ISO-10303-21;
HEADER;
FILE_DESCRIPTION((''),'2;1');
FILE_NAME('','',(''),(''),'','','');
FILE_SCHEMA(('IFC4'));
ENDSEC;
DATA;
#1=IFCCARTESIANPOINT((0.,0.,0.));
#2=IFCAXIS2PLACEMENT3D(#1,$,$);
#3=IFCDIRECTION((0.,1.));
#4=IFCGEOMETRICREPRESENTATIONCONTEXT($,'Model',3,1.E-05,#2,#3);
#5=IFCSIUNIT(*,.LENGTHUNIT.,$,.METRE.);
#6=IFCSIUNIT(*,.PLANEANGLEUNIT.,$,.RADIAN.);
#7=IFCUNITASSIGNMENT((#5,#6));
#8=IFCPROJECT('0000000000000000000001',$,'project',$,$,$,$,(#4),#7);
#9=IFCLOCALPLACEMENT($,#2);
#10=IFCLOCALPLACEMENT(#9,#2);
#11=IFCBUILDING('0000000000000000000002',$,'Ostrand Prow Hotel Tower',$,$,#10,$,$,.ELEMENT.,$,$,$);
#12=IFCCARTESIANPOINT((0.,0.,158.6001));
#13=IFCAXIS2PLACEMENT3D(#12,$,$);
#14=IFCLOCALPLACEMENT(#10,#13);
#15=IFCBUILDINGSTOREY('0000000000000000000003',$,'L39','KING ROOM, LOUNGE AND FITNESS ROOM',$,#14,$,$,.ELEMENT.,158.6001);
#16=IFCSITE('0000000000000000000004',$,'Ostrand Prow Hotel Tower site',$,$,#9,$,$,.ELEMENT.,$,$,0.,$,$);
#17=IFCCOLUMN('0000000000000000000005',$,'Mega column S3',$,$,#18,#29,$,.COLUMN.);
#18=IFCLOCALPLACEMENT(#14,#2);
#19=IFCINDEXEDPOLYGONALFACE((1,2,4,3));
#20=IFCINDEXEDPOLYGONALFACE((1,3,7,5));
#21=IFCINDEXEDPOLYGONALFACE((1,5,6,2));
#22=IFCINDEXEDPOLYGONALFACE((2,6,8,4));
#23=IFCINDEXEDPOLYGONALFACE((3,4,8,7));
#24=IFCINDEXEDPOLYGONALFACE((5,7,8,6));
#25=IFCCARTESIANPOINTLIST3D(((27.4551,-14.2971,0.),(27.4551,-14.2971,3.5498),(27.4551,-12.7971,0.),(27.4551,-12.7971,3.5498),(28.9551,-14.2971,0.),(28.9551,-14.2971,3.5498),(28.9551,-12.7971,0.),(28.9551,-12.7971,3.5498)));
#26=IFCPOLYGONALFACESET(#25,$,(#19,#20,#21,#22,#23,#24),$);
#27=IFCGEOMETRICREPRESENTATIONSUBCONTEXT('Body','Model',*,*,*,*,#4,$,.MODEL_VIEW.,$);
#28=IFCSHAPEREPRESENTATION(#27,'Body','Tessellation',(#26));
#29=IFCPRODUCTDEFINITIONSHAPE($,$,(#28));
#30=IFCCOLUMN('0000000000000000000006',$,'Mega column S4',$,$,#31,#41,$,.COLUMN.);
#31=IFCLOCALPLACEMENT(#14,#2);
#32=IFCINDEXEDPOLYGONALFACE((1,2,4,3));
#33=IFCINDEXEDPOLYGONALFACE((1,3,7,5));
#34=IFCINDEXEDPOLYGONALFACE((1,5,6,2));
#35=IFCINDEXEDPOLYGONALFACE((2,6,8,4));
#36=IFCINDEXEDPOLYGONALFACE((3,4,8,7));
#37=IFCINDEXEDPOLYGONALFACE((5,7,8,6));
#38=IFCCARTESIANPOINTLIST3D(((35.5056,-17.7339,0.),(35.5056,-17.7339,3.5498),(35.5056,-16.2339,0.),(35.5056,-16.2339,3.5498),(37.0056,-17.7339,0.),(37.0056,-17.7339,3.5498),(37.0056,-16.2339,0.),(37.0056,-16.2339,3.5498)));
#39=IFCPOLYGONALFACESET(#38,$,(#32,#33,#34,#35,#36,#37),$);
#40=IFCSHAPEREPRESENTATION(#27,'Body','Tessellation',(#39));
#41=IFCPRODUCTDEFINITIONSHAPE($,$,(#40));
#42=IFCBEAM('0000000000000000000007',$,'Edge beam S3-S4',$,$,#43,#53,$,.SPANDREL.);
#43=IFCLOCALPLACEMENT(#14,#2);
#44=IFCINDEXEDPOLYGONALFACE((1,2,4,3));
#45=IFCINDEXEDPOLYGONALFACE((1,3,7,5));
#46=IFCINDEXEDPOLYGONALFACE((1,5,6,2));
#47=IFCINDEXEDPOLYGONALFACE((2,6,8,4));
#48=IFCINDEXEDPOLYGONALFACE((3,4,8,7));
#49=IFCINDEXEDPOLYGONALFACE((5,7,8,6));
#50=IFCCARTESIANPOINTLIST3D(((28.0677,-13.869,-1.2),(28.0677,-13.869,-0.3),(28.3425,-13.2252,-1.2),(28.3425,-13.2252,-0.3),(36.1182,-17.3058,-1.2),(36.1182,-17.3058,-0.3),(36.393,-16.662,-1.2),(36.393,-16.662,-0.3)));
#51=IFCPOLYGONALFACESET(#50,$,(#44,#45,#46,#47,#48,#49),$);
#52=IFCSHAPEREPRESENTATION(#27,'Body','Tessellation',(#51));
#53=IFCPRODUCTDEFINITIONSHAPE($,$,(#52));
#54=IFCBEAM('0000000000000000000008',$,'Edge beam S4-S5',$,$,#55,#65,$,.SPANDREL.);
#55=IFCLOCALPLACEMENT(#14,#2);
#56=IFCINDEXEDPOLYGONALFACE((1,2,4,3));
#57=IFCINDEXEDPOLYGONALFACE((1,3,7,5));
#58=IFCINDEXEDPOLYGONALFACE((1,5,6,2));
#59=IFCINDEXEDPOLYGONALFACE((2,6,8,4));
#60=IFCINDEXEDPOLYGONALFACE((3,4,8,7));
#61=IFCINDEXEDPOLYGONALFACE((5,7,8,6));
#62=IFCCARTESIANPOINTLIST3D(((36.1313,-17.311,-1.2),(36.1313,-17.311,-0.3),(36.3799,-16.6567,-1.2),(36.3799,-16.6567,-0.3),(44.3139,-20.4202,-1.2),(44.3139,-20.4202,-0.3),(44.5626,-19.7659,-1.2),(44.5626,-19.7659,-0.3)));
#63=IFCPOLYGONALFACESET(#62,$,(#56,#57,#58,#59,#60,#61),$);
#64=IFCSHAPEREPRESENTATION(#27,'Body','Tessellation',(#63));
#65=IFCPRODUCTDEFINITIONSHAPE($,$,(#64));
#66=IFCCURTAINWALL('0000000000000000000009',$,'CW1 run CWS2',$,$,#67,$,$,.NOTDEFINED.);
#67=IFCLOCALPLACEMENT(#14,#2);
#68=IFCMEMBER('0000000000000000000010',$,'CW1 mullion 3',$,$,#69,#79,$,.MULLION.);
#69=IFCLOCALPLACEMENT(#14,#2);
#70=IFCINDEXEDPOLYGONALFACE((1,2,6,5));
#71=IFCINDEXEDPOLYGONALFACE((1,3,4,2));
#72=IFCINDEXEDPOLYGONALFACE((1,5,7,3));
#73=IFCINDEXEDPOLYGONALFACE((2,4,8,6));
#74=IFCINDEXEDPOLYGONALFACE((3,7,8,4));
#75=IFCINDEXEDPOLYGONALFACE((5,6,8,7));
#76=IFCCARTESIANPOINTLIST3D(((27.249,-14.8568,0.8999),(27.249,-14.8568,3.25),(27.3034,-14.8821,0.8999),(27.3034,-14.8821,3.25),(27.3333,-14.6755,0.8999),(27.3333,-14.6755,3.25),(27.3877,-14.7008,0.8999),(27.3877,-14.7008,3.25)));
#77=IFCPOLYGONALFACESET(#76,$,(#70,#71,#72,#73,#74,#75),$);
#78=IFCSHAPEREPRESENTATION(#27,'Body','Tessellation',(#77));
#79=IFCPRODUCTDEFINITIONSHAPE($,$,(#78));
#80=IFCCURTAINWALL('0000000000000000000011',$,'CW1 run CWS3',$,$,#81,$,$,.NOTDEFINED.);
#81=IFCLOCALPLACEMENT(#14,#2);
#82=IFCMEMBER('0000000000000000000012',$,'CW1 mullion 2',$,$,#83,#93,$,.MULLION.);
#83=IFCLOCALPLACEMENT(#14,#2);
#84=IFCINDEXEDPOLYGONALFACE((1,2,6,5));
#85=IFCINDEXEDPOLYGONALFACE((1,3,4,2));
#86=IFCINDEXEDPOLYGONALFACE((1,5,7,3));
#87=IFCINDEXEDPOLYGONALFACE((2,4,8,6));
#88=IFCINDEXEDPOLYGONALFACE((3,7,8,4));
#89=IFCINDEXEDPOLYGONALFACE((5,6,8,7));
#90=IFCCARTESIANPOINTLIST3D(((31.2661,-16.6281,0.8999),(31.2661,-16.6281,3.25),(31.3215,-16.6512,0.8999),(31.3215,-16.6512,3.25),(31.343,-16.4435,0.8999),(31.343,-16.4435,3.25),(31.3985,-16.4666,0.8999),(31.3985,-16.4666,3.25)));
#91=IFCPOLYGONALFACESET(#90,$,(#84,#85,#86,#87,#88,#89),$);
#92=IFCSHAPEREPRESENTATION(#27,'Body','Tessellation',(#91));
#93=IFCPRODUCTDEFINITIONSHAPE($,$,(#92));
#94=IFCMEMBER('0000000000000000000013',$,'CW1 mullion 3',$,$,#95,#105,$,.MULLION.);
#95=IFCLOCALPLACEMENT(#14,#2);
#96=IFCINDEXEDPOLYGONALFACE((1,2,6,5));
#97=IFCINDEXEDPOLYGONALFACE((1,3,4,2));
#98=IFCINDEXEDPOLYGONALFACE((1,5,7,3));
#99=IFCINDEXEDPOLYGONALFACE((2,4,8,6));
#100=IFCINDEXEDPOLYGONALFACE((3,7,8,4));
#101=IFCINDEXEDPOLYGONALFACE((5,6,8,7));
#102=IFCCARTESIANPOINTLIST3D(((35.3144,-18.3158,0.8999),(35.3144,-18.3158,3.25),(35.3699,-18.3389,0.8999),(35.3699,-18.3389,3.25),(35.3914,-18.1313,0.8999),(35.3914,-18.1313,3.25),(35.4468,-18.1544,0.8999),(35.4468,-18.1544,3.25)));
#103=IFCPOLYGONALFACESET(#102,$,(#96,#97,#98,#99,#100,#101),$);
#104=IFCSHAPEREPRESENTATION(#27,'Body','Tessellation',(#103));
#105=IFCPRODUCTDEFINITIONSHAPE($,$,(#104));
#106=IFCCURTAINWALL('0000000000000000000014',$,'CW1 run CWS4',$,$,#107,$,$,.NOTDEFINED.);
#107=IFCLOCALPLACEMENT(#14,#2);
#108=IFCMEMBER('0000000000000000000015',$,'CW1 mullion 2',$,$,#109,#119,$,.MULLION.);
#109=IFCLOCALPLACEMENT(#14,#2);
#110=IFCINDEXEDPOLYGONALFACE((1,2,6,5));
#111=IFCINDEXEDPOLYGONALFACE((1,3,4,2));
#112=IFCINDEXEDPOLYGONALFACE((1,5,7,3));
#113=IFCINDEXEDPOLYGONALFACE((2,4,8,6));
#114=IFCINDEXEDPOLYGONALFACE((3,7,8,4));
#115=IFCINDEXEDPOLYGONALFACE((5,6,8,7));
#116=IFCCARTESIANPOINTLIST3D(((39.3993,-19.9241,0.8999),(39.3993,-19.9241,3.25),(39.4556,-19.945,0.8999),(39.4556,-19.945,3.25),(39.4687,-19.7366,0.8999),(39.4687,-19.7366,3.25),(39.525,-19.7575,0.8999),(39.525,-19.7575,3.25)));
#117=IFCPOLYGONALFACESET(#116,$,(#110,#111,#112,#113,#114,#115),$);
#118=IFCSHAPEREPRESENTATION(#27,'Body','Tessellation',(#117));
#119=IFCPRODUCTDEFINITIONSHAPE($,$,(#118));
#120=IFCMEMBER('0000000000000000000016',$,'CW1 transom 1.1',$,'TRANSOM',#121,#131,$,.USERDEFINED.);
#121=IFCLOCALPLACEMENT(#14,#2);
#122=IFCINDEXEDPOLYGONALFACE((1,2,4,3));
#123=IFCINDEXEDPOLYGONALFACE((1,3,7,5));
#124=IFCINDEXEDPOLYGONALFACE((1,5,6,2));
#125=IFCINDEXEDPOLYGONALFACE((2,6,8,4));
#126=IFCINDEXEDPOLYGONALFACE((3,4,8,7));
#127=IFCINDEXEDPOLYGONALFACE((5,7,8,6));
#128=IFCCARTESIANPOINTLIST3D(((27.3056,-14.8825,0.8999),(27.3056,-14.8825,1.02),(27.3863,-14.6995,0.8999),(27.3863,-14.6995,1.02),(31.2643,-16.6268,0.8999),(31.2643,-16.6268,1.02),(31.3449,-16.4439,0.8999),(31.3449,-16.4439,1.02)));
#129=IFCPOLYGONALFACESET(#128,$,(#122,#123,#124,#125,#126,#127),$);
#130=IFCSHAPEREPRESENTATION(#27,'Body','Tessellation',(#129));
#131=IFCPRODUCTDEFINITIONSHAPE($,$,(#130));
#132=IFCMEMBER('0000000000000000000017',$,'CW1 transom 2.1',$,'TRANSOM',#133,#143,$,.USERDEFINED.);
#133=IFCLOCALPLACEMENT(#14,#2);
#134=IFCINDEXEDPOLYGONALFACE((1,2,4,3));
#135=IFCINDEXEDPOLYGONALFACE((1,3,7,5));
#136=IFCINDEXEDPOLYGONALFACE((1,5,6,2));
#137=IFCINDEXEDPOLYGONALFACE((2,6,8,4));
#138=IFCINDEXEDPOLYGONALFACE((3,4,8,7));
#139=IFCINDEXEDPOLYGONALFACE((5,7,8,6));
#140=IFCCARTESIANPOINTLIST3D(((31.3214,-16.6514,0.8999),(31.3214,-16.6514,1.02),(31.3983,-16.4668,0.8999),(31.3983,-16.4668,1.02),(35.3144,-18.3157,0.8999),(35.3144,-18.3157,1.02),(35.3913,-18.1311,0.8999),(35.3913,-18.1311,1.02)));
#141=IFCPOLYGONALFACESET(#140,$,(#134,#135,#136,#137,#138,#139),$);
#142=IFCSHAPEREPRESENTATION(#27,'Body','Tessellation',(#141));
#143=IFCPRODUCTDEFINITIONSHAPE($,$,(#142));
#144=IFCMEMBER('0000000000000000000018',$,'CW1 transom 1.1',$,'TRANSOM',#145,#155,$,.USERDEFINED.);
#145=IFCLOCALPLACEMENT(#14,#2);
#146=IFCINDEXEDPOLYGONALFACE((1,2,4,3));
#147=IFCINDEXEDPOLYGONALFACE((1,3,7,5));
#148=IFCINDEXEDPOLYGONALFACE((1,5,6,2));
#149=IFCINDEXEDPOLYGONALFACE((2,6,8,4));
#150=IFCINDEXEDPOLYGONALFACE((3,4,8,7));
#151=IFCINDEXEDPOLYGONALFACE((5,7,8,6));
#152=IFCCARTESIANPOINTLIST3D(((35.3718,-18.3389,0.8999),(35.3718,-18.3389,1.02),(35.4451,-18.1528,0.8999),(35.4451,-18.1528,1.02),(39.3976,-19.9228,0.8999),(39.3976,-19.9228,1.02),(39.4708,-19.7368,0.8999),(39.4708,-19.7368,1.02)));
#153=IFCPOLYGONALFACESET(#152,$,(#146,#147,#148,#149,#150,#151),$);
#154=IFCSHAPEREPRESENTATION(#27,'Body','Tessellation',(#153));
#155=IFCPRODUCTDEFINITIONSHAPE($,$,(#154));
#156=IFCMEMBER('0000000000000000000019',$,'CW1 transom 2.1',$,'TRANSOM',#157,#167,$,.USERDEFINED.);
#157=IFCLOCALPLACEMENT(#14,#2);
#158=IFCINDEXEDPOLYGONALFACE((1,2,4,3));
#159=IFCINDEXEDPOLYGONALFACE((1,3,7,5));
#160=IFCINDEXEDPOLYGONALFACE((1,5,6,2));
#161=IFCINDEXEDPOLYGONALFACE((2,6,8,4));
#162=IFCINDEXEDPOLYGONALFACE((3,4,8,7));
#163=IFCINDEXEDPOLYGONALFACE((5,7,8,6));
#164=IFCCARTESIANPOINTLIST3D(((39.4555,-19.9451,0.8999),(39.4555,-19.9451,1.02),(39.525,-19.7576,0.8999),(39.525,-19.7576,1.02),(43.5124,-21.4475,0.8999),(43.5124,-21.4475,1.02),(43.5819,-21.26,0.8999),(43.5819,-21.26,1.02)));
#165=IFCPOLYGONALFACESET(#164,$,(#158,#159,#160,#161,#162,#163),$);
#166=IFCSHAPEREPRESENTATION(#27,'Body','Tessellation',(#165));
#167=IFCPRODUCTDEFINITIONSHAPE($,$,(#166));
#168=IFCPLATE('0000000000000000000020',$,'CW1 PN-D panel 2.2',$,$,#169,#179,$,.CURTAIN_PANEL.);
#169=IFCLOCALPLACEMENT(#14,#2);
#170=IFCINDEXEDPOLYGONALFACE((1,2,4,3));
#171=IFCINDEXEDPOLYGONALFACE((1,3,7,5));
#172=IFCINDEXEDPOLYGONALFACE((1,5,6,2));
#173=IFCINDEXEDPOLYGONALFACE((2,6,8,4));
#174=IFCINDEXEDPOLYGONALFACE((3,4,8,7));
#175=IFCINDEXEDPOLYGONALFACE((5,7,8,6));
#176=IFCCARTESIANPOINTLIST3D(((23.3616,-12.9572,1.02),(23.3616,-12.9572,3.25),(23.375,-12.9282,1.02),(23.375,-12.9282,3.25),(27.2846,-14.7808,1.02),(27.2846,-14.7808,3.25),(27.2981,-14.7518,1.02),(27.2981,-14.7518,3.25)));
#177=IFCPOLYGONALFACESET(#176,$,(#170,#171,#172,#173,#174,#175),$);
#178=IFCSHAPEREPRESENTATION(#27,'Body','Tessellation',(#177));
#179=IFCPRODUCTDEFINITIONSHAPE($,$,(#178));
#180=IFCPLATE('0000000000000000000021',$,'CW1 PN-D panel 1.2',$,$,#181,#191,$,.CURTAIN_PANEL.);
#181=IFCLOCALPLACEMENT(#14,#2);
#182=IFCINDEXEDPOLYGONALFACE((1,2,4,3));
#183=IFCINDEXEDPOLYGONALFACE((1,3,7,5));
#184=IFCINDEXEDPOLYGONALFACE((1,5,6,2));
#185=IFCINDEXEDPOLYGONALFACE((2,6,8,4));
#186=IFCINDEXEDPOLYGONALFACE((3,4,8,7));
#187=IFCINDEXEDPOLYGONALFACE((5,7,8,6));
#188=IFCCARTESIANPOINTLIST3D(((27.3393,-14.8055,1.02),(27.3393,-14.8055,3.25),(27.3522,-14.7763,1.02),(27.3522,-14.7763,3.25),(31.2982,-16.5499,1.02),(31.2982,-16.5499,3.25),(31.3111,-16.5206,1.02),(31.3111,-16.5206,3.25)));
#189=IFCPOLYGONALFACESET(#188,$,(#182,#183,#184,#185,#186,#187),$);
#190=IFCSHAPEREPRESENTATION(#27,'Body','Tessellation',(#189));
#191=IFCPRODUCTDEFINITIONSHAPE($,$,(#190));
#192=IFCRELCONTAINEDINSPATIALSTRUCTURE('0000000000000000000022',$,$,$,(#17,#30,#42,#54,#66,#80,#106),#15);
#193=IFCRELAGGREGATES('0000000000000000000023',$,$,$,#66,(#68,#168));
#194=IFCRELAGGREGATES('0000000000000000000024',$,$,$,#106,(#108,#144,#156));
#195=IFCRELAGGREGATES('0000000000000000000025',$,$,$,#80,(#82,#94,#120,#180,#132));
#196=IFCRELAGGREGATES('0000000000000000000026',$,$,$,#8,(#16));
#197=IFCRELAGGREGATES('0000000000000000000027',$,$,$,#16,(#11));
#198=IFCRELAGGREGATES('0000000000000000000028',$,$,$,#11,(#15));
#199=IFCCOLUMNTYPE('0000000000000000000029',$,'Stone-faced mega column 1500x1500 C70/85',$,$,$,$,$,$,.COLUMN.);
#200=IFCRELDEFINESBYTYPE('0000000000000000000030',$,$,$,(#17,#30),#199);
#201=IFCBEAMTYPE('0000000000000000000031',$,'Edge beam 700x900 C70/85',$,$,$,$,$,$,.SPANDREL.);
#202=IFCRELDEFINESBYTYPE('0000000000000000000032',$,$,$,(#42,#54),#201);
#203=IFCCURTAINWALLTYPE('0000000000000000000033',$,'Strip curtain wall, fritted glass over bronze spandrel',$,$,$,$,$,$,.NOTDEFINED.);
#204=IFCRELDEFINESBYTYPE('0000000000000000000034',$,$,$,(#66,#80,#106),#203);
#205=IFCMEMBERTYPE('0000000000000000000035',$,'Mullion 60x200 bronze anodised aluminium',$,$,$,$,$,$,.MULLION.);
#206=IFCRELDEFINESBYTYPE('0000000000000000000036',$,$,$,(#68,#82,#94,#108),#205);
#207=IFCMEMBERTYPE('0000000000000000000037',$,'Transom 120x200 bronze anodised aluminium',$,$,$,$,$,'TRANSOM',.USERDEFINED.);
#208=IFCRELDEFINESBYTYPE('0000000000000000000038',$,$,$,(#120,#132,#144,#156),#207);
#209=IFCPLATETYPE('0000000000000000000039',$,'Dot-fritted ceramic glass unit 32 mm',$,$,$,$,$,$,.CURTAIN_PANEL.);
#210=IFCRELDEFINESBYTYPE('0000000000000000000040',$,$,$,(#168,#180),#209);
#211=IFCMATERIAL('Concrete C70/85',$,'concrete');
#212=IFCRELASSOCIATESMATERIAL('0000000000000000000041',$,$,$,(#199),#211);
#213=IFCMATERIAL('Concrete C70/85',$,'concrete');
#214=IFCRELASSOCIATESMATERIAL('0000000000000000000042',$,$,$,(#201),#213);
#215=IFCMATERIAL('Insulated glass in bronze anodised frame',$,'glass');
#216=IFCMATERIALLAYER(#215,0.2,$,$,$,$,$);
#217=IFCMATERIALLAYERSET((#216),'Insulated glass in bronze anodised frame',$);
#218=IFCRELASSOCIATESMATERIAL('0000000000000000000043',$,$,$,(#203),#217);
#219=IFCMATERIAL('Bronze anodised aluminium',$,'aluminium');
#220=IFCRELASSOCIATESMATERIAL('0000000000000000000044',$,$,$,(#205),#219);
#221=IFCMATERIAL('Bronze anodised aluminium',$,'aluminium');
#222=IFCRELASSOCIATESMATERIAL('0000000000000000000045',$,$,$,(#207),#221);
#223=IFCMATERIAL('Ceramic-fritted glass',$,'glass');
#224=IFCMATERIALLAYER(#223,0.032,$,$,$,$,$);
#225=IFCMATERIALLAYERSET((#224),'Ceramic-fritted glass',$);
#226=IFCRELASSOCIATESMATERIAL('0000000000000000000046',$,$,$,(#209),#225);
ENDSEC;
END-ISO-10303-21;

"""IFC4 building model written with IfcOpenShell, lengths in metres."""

from ifc_helpers import new_model, si_unit, direction, frame, origin, origin_2d, place, context, subcontext, project, spatial, rectangle, extrude, material, layer, layer_set, material_profile, profile_set, type_object, element, aggregate, save


model = new_model("IFC4")

# Units and contexts
model_context = context("Model", 3, precision=1e-05, world=origin(), true_north=direction((0.0, 1.0)))
body_context = subcontext(model_context, "Body", "Model", "MODEL_VIEW")
ifc_project = project(units=[si_unit("LENGTHUNIT", "METRE"), si_unit("PLANEANGLEUNIT", "RADIAN")], contexts=[model_context])

# Site, building, storey
site_placement = place(None, origin())
site = spatial("IfcSite", under=ifc_project, at=site_placement, Name="Ostrand Prow Hotel Tower site", CompositionType="ELEMENT", RefElevation=0.0)
building_placement = place(site_placement, origin())
building = spatial("IfcBuilding", under=site, at=building_placement, Name="Ostrand Prow Hotel Tower", CompositionType="ELEMENT")
storey_placement = place(building_placement, frame((0.0, 0.0, 158.6001)))
storey = spatial("IfcBuildingStorey", under=building, at=storey_placement, Name="L39", Description="KING ROOM, LOUNGE AND FITNESS ROOM", CompositionType="ELEMENT", Elevation=158.6001)

# Columns
ifc_material_1 = material(Name="Concrete C70/85", Category="concrete")
ifc_material_profile_1 = material_profile(ifc_material_1, rectangle(XDim=1.5, YDim=1.5, at=origin_2d()), Name="RC 1500x1500")
ifc_profile_set_1 = profile_set([ifc_material_profile_1], Name="Concrete C70/85")
column_type = type_object("IfcColumnType", Name="Stone-faced mega column 1500x1500 C70/85", PredefinedType="COLUMN", material=ifc_profile_set_1)
for number, where, z_axis, x_axis, name in (
    (1, (28.2051, -13.5471, 0.0), (0.0, 0.0, 1.0), (1.0, 0.0, 0.0), "Mega column S3"),
    (2, (36.2556, -16.9839, 0.0), (0.0, 0.0, 1.0), (1.0, 0.0, 0.0), "Mega column S4"),
):
    element("IfcColumn", number, at=place(storey_placement, frame(where, z_axis=z_axis, x_axis=x_axis)), inside=storey, type_object=column_type, Name=name, PredefinedType="COLUMN", context=body_context, shape_type="SweptSolid", body=[
        extrude(rectangle(XDim=1.5, YDim=1.5, at=origin_2d()), origin(), (0.0, 0.0, 1.0), 3.5498),
    ])

# Beams
ifc_material_2 = material(Name="Concrete C70/85", Category="concrete")
ifc_material_profile_2 = material_profile(ifc_material_2, rectangle(XDim=0.7, YDim=0.8999, at=origin_2d()), Name="RC 700x900")
ifc_profile_set_2 = profile_set([ifc_material_profile_2], Name="Concrete C70/85")
beam_type = type_object("IfcBeamType", Name="Edge beam 700x900 C70/85", PredefinedType="SPANDREL", material=ifc_profile_set_2)
for number, where, z_axis, x_axis, name in (
    (3, (28.2051, -13.5471, -0.75), (0.919701, -0.39262, 0.0), (0.39262, 0.919701, 0.0), "Edge beam S3-S4"),
    (4, (36.2556, -16.9839, -0.75), (0.934794, -0.355191, 0.0), (0.355191, 0.934794, 0.0), "Edge beam S4-S5"),
):
    element("IfcBeam", number, at=place(storey_placement, frame(where, z_axis=z_axis, x_axis=x_axis)), inside=storey, type_object=beam_type, Name=name, PredefinedType="SPANDREL", context=body_context, shape_type="SweptSolid", body=[
        extrude(rectangle(XDim=0.7, YDim=0.8999, at=origin_2d()), origin(), (0.0, 0.0, 1.0), 8.7534),
    ])

# Curtain wall, member
ifc_material_3 = material(Name="Insulated glass in bronze anodised frame", Category="glass")
ifc_layer_1 = layer(ifc_material_3, 0.2)
ifc_layer_set_1 = layer_set([ifc_layer_1], Name="Insulated glass in bronze anodised frame")
curtain_wall_type = type_object("IfcCurtainWallType", Name="Strip curtain wall, fritted glass over bronze spandrel", PredefinedType="NOTDEFINED", material=ifc_layer_set_1)
curtain_wall_1_placement = place(storey_placement, origin())
curtain_wall_1 = element("IfcCurtainWall", 5, at=curtain_wall_1_placement, inside=storey, type_object=curtain_wall_type, Name="CW1 run CWS2", PredefinedType="NOTDEFINED")
ifc_material_4 = material(Name="Bronze anodised aluminium", Category="aluminium")
ifc_material_profile_3 = material_profile(ifc_material_4, rectangle(XDim=0.2, YDim=0.0601, at=origin_2d()), Name="Mullion 60x200 bronze anodised aluminium")
ifc_profile_set_3 = profile_set([ifc_material_profile_3], Name="Bronze anodised aluminium")
member_type_1 = type_object("IfcMemberType", Name="Mullion 60x200 bronze anodised aluminium", PredefinedType="MULLION", material=ifc_profile_set_3)
member_1_placement = place(storey_placement, frame((27.3184, -14.7788, 0.8999), z_axis=(0.0, 0.0, 1.0), x_axis=(0.421522, 0.906818, 0.0)))
member_1 = element("IfcMember", 6, at=member_1_placement, type_object=member_type_1, Name="CW1 mullion 3", PredefinedType="MULLION", context=body_context, shape_type="SweptSolid", body=[
    extrude(rectangle(XDim=0.2, YDim=0.0601, at=origin_2d()), origin(), (0.0, 0.0, 1.0), 2.3501),
])

# Curtain wall, members
curtain_wall_2_placement = place(storey_placement, origin())
curtain_wall_2 = element("IfcCurtainWall", 7, at=curtain_wall_2_placement, inside=storey, type_object=curtain_wall_type, Name="CW1 run CWS3", PredefinedType="NOTDEFINED")
member_2_placement = place(storey_placement, frame((31.3323, -16.5474, 0.8999), z_axis=(0.0, 0.0, 1.0), x_axis=(0.384743, 0.923024, 0.0)))
member_2 = element("IfcMember", 8, at=member_2_placement, type_object=member_type_1, Name="CW1 mullion 2", PredefinedType="MULLION", context=body_context, shape_type="SweptSolid", body=[
    extrude(rectangle(XDim=0.2, YDim=0.0601, at=origin_2d()), origin(), (0.0, 0.0, 1.0), 2.3501),
])
member_3_placement = place(storey_placement, frame((35.3806, -18.2351, 0.8999), z_axis=(0.0, 0.0, 1.0), x_axis=(0.384743, 0.923024, 0.0)))
member_3 = element("IfcMember", 9, at=member_3_placement, type_object=member_type_1, Name="CW1 mullion 3", PredefinedType="MULLION", context=body_context, shape_type="SweptSolid", body=[
    extrude(rectangle(XDim=0.2, YDim=0.0601, at=origin_2d()), origin(), (0.0, 0.0, 1.0), 2.3501),
])

# Curtain wall, member
curtain_wall_3_placement = place(storey_placement, origin())
curtain_wall_3 = element("IfcCurtainWall", 10, at=curtain_wall_3_placement, inside=storey, type_object=curtain_wall_type, Name="CW1 run CWS4", PredefinedType="NOTDEFINED")
member_4_placement = place(storey_placement, frame((39.4622, -19.8408, 0.8999), z_axis=(0.0, 0.0, 1.0), x_axis=(0.347342, 0.937739, 0.0)))
member_4 = element("IfcMember", 11, at=member_4_placement, type_object=member_type_1, Name="CW1 mullion 2", PredefinedType="MULLION", context=body_context, shape_type="SweptSolid", body=[
    extrude(rectangle(XDim=0.2, YDim=0.0601, at=origin_2d()), origin(), (0.0, 0.0, 1.0), 2.3501),
])

# Members
ifc_material_5 = material(Name="Bronze anodised aluminium", Category="aluminium")
ifc_material_profile_4 = material_profile(ifc_material_5, rectangle(XDim=0.2, YDim=0.1201, at=origin_2d()), Name="Transom 120x200 bronze anodised aluminium")
ifc_profile_set_4 = profile_set([ifc_material_profile_4], Name="Bronze anodised aluminium")
member_type_2 = type_object("IfcMemberType", Name="Transom 120x200 bronze anodised aluminium", ElementType="TRANSOM", PredefinedType="USERDEFINED", material=ifc_profile_set_4)
member_5_placement = place(storey_placement, frame((27.3459, -14.791, 0.96), z_axis=(0.915099, -0.40323, 0.0), x_axis=(0.40323, 0.915099, 0.0)))
member_5 = element("IfcMember", 12, at=member_5_placement, type_object=member_type_2, Name="CW1 transom 1.1", ObjectType="TRANSOM", PredefinedType="USERDEFINED", context=body_context, shape_type="SweptSolid", body=[
    extrude(rectangle(XDim=0.2, YDim=0.1201, at=origin_2d()), origin(), (0.0, 0.0, 1.0), 4.3259),
])
member_6_placement = place(storey_placement, frame((31.3599, -16.5591, 0.96), z_axis=(0.923028, -0.384732, 0.0), x_axis=(0.384732, 0.923028, 0.0)))
member_6 = element("IfcMember", 13, at=member_6_placement, type_object=member_type_2, Name="CW1 transom 2.1", ObjectType="TRANSOM", PredefinedType="USERDEFINED", context=body_context, shape_type="SweptSolid", body=[
    extrude(rectangle(XDim=0.2, YDim=0.1201, at=origin_2d()), origin(), (0.0, 0.0, 1.0), 4.3259),
])
member_7_placement = place(storey_placement, frame((35.4084, -18.2458, 0.96), z_axis=(0.930563, -0.366131, 0.0), x_axis=(0.366131, 0.930563, 0.0)))
member_7 = element("IfcMember", 14, at=member_7_placement, type_object=member_type_2, Name="CW1 transom 1.1", ObjectType="TRANSOM", PredefinedType="USERDEFINED", context=body_context, shape_type="SweptSolid", body=[
    extrude(rectangle(XDim=0.2, YDim=0.1201, at=origin_2d()), origin(), (0.0, 0.0, 1.0), 4.3262),
])
member_8_placement = place(storey_placement, frame((39.4902, -19.8513, 0.96), z_axis=(0.937757, -0.347292, 0.0), x_axis=(0.347292, 0.937757, 0.0)))
member_8 = element("IfcMember", 15, at=member_8_placement, type_object=member_type_2, Name="CW1 transom 2.1", ObjectType="TRANSOM", PredefinedType="USERDEFINED", context=body_context, shape_type="SweptSolid", body=[
    extrude(rectangle(XDim=0.2, YDim=0.1201, at=origin_2d()), origin(), (0.0, 0.0, 1.0), 4.3262),
])

# Plates
ifc_material_6 = material(Name="Ceramic-fritted glass", Category="glass")
ifc_layer_2 = layer(ifc_material_6, 0.032)
ifc_layer_set_2 = layer_set([ifc_layer_2], Name="Ceramic-fritted glass")
plate_type_1 = type_object("IfcPlateType", Name="Dot-fritted ceramic glass unit 32 mm", PredefinedType="CURTAIN_PANEL", material=ifc_layer_set_2)
plate_1_placement = place(storey_placement, frame((25.3298, -13.8545, 1.02), z_axis=(0.0, 0.0, 1.0), x_axis=(0.906818, -0.421522, 0.0)))
plate_1 = element("IfcPlate", 16, at=plate_1_placement, type_object=plate_type_1, Name="CW1 PN-D panel 2.2", PredefinedType="CURTAIN_PANEL", context=body_context, shape_type="SweptSolid", body=[
    extrude(rectangle(XDim=4.3262, YDim=0.032, at=origin_2d()), origin(), (0.0, 0.0, 1.0), 2.23),
])
aggregate(curtain_wall_1, [member_1, plate_1])
plate_2_placement = place(storey_placement, frame((29.3252, -15.6631, 1.02), z_axis=(0.0, 0.0, 1.0), x_axis=(0.915106, -0.403213, 0.0)))
plate_2 = element("IfcPlate", 17, at=plate_2_placement, type_object=plate_type_1, Name="CW1 PN-D panel 1.2", PredefinedType="CURTAIN_PANEL", context=body_context, shape_type="SweptSolid", body=[
    extrude(rectangle(XDim=4.3262, YDim=0.032, at=origin_2d()), origin(), (0.0, 0.0, 1.0), 2.23),
])
aggregate(curtain_wall_3, [member_4, member_7, member_8])
aggregate(curtain_wall_2, [member_2, member_3, member_5, plate_2, member_6])

save(model, "model.ifc")
